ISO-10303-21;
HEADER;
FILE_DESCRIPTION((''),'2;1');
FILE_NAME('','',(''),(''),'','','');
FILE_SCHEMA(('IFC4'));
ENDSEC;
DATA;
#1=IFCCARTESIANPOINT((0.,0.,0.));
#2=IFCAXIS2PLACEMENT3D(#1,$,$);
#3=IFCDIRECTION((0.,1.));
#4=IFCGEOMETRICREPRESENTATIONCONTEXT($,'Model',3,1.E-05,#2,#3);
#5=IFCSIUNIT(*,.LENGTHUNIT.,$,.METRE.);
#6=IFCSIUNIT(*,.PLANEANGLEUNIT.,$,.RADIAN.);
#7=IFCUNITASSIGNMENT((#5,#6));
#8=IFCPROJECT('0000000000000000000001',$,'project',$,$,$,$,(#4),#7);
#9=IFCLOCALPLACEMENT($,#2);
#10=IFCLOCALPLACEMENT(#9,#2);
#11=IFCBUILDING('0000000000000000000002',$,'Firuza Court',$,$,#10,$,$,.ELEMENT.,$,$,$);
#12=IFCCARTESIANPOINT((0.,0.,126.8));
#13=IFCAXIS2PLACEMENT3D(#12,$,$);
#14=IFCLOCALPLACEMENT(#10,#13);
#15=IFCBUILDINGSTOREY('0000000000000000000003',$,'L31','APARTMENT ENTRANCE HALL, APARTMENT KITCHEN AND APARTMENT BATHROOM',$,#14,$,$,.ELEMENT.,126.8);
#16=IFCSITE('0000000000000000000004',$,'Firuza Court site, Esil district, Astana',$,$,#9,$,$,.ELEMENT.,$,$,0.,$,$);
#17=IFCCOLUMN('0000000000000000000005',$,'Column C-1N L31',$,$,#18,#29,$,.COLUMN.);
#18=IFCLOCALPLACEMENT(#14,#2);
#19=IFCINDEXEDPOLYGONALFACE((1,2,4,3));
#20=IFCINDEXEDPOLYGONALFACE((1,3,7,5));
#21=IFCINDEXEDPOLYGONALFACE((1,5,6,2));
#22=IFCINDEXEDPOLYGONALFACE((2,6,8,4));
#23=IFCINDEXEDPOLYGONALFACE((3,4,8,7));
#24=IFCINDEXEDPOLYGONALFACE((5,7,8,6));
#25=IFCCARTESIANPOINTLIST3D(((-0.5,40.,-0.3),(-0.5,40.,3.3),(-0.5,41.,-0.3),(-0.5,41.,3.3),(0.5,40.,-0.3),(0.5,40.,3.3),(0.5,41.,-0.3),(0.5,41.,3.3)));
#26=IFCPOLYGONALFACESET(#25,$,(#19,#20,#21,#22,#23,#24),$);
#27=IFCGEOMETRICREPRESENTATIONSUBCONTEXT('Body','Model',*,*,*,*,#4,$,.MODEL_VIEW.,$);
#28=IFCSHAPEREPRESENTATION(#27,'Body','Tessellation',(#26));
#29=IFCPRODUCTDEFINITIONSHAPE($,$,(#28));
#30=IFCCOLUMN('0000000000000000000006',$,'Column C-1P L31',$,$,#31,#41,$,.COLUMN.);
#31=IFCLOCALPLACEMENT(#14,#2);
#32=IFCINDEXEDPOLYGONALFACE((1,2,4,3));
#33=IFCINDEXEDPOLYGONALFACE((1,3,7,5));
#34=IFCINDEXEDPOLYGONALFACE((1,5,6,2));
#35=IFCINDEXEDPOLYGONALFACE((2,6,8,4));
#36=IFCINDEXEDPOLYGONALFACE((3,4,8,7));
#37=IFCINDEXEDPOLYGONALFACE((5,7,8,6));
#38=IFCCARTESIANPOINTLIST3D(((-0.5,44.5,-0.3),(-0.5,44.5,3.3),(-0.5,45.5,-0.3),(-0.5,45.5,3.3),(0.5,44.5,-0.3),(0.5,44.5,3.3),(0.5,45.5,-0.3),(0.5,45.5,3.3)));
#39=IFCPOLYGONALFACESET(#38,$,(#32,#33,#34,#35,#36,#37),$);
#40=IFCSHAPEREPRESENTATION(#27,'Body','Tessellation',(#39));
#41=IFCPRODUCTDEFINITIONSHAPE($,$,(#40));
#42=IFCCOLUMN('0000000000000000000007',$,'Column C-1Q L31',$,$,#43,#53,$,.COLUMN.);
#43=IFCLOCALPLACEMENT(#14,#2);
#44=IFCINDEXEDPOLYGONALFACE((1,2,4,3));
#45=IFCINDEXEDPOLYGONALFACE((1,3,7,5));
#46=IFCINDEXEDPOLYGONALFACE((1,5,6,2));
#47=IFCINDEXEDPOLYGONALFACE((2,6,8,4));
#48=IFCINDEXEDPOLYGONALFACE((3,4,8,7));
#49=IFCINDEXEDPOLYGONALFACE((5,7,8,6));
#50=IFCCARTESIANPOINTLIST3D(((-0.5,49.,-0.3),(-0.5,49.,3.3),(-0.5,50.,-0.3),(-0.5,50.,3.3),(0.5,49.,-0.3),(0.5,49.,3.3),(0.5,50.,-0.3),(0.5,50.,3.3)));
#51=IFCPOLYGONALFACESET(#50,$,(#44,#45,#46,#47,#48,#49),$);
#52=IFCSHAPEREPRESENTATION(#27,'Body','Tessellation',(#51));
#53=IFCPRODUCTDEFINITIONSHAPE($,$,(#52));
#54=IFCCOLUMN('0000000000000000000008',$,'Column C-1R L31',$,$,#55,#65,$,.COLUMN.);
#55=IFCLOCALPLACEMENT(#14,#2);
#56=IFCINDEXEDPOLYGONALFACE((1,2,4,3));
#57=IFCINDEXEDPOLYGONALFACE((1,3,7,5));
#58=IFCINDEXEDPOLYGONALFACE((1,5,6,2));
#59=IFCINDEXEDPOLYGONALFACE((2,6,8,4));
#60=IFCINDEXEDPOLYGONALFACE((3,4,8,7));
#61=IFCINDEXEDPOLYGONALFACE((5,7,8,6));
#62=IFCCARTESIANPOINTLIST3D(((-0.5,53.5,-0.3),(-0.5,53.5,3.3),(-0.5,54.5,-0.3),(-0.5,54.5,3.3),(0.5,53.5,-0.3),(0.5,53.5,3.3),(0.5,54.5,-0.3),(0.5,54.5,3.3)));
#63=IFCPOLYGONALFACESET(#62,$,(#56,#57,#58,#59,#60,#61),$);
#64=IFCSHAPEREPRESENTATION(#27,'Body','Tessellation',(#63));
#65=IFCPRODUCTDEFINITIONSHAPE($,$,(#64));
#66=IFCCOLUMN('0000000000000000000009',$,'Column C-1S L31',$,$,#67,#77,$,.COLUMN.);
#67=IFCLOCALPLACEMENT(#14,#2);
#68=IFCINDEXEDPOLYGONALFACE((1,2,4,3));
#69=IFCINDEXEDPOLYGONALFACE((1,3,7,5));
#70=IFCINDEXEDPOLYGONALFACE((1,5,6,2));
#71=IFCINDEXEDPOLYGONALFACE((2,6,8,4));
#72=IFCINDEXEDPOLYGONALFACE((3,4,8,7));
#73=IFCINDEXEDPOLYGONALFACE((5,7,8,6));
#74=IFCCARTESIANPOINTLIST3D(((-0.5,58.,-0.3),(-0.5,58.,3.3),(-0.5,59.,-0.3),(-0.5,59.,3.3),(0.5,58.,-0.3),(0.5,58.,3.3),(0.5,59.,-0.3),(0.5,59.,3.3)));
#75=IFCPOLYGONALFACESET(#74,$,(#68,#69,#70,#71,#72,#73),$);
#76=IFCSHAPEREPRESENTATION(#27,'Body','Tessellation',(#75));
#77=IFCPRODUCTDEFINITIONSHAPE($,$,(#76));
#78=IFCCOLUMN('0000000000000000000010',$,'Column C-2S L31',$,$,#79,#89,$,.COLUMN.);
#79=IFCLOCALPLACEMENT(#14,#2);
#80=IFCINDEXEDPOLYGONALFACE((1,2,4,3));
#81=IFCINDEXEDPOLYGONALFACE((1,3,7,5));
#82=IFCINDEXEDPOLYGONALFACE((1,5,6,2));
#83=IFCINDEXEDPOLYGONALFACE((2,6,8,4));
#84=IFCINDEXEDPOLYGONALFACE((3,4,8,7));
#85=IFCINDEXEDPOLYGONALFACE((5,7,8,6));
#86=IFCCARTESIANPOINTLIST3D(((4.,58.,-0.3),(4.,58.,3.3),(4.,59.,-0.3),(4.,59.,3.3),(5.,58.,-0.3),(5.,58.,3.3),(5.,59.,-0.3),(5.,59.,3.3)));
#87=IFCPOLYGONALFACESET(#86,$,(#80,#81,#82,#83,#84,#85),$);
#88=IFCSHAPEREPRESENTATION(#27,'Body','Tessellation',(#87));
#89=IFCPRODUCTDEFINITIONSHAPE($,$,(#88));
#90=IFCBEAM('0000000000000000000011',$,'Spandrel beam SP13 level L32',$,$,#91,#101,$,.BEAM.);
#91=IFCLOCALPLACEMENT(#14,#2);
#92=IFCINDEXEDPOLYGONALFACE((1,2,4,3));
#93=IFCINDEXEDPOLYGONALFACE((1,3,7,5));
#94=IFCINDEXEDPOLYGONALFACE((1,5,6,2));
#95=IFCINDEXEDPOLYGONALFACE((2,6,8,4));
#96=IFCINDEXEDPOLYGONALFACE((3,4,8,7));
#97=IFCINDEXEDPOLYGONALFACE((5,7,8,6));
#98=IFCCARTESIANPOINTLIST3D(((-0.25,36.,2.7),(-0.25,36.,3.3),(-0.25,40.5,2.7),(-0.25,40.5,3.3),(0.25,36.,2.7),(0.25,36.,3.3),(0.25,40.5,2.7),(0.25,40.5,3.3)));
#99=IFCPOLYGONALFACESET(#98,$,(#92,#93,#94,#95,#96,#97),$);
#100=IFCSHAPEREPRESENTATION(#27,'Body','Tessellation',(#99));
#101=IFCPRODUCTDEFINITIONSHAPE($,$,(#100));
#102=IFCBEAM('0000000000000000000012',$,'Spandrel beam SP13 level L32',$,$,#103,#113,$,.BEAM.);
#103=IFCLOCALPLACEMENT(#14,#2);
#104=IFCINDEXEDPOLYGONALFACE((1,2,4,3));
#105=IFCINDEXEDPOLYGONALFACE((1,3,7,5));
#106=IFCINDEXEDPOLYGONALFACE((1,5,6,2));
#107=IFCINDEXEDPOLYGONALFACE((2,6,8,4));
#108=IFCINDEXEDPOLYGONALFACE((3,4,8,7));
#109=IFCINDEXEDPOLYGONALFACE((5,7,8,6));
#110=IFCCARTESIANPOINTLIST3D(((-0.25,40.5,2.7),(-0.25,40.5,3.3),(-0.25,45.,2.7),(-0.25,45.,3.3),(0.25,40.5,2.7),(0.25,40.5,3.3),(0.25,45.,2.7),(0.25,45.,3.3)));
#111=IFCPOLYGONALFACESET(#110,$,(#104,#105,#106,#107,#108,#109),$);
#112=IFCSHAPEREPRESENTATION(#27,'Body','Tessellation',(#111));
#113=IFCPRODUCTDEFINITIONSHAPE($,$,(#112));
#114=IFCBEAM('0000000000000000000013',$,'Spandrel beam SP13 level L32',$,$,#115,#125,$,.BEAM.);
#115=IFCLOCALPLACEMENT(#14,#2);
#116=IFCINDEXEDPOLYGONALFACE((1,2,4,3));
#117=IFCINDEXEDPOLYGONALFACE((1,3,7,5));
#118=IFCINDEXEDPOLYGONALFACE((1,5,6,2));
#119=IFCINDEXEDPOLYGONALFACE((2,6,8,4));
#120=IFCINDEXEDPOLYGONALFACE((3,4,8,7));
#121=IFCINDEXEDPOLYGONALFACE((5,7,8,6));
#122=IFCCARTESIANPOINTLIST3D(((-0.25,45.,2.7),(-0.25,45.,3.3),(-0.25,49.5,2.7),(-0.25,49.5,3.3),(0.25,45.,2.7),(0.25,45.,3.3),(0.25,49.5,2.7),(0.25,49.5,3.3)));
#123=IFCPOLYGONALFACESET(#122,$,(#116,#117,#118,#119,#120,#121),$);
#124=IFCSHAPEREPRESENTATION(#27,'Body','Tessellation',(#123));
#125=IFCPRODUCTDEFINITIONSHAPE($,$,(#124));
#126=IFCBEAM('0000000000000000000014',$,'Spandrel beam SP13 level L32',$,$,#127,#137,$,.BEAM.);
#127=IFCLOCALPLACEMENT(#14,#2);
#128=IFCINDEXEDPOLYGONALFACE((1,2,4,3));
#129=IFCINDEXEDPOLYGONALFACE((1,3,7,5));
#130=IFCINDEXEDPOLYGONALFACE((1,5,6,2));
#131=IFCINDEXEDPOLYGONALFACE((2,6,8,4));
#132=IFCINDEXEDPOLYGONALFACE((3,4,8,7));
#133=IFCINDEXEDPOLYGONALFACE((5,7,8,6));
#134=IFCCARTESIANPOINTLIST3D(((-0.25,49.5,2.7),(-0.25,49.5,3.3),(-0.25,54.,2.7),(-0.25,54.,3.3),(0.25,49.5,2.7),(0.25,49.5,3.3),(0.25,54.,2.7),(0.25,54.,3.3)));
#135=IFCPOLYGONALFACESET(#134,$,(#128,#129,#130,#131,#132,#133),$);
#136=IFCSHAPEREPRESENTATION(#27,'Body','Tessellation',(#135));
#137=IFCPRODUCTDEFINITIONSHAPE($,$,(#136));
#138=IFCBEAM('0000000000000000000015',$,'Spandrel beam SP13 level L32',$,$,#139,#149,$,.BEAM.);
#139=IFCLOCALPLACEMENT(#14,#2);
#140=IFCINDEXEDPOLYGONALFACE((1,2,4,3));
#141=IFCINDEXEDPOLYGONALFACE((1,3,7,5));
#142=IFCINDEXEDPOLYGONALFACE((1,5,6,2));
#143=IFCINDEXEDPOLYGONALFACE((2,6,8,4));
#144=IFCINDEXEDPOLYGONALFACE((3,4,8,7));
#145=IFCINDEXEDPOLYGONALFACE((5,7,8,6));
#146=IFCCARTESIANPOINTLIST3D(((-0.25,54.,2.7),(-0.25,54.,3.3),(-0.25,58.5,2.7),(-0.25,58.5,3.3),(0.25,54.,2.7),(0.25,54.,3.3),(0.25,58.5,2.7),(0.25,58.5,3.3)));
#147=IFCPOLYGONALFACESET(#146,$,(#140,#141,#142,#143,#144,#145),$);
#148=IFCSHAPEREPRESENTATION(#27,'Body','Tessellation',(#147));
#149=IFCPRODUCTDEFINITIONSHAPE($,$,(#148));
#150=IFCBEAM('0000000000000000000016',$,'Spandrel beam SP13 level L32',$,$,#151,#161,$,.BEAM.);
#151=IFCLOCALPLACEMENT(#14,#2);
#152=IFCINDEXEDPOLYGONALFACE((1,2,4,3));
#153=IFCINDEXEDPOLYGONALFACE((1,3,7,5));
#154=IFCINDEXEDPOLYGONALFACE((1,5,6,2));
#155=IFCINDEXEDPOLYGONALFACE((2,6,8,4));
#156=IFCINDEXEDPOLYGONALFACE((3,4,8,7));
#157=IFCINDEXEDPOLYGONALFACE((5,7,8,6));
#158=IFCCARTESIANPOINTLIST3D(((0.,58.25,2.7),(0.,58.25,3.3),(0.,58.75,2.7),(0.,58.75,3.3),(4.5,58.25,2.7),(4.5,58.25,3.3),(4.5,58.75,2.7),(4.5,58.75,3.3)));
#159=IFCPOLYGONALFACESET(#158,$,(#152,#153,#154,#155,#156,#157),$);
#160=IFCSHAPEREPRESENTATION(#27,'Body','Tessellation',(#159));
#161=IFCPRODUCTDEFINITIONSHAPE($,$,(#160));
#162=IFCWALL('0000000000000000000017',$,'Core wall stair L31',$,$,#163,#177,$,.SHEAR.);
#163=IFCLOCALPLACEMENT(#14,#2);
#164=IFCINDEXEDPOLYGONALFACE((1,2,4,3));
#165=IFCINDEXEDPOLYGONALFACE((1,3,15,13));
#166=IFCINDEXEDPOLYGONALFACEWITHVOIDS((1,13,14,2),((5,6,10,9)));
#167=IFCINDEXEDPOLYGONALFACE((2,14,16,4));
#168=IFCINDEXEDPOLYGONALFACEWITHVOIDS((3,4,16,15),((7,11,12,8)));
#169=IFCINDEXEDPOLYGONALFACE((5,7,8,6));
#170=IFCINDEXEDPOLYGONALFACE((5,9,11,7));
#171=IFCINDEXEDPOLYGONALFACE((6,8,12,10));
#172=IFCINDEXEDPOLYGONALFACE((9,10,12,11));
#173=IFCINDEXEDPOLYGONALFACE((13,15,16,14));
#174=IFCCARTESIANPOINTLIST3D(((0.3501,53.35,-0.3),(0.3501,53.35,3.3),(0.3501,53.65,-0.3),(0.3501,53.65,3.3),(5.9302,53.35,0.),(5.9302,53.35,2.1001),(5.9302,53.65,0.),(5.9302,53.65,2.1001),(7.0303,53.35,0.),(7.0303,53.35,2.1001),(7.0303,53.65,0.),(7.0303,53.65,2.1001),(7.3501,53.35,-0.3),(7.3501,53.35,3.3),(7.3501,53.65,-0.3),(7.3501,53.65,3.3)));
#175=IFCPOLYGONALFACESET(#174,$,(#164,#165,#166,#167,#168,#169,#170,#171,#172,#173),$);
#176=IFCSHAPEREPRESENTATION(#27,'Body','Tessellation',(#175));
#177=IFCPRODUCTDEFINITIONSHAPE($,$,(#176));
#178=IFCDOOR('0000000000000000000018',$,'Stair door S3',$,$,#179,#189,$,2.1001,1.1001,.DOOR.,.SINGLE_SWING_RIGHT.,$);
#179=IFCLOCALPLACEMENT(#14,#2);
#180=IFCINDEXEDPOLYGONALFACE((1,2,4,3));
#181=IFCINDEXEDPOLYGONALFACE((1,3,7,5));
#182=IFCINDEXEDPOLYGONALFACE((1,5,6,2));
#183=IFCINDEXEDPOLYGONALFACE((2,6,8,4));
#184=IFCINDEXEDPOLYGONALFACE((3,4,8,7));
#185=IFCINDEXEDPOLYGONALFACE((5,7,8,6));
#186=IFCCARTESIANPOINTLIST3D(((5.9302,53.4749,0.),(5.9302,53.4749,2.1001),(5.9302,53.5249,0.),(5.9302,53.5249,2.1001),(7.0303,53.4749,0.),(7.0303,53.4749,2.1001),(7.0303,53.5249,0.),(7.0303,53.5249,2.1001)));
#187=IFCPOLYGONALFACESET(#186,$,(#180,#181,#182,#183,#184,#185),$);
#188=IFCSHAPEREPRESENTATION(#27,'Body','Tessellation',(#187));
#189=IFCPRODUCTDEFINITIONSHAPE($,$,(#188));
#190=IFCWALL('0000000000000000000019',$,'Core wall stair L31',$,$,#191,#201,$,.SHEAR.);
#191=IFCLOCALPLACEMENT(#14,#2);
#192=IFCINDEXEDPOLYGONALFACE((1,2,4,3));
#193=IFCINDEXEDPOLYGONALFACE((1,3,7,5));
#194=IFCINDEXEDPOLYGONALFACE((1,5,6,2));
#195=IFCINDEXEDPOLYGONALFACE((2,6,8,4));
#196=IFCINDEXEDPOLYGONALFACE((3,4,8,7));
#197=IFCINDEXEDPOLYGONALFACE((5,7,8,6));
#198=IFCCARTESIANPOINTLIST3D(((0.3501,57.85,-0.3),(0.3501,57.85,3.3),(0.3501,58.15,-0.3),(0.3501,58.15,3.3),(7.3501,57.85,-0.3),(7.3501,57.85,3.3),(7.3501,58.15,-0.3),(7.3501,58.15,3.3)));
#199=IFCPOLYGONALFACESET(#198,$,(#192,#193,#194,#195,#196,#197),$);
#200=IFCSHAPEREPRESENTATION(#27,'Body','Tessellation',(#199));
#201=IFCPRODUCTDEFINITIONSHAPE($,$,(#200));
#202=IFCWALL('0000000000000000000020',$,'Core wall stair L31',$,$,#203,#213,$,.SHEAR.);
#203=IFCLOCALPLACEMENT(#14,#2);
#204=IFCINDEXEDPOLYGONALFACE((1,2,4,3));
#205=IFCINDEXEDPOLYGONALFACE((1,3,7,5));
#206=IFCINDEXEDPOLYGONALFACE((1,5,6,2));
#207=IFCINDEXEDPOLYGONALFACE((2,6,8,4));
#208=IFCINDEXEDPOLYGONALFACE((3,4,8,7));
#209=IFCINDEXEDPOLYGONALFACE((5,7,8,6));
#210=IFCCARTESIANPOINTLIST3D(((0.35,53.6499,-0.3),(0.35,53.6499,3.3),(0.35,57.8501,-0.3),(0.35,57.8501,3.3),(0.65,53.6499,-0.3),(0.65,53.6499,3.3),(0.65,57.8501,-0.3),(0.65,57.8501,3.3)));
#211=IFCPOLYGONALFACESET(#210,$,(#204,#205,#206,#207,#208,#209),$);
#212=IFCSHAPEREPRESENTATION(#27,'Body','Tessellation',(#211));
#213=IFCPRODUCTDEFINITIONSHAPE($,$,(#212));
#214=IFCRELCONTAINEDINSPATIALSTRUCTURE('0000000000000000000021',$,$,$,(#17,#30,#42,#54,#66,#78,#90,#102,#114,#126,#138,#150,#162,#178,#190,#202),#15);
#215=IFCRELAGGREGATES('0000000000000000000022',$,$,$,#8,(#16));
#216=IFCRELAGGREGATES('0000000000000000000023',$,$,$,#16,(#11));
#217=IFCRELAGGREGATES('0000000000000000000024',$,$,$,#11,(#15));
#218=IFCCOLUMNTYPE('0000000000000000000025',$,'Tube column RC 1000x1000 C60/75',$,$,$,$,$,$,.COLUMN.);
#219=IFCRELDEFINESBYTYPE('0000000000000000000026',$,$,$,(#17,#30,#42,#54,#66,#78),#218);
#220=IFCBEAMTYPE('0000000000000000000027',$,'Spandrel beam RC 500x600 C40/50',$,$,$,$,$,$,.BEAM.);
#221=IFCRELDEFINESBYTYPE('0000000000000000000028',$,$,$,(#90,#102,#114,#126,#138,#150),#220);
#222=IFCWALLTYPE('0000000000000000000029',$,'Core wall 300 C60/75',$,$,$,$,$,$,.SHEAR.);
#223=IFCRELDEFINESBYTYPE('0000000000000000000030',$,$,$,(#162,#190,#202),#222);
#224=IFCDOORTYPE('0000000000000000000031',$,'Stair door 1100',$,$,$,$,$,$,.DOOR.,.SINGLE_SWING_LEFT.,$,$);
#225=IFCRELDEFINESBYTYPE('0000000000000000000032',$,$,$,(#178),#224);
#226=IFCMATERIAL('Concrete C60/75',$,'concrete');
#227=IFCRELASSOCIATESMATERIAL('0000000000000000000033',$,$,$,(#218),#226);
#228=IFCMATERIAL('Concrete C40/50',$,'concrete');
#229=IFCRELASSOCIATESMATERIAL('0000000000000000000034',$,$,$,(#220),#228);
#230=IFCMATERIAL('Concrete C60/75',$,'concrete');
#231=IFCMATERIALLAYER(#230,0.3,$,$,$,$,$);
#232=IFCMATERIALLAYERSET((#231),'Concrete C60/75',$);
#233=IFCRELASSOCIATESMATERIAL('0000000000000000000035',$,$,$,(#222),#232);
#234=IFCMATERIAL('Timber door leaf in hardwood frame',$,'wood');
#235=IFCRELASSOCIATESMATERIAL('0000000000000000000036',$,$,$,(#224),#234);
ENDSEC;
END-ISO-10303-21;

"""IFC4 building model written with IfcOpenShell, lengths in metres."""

from ifc_helpers import new_model, si_unit, direction, frame, frame_2d, origin, origin_2d, place, context, subcontext, project, spatial, rectangle, extrude, material, layer, layer_set, material_profile, profile_set, type_object, element, fill, save


model = new_model("IFC4")

# Units and contexts
model_context = context("Model", 3, precision=1e-05, world=origin(), true_north=direction((0.0, 1.0)))
body_context = subcontext(model_context, "Body", "Model", "MODEL_VIEW")
ifc_project = project(units=[si_unit("LENGTHUNIT", "METRE"), si_unit("PLANEANGLEUNIT", "RADIAN")], contexts=[model_context])

# Site, building, storey
site_placement = place(None, origin())
site = spatial("IfcSite", under=ifc_project, at=site_placement, Name="Firuza Court site, Esil district, Astana", CompositionType="ELEMENT", RefElevation=0.0)
building_placement = place(site_placement, origin())
building = spatial("IfcBuilding", under=site, at=building_placement, Name="Firuza Court", CompositionType="ELEMENT")
storey_placement = place(building_placement, frame((0.0, 0.0, 126.8)))
storey = spatial("IfcBuildingStorey", under=building, at=storey_placement, Name="L31", Description="APARTMENT ENTRANCE HALL, APARTMENT KITCHEN AND APARTMENT BATHROOM", CompositionType="ELEMENT", Elevation=126.8)

# Columns
ifc_material_1 = material(Name="Concrete C60/75", Category="concrete")
ifc_material_profile_1 = material_profile(ifc_material_1, rectangle(XDim=1.0, YDim=1.0, at=origin_2d()), Name="RC 1000x1000")
ifc_profile_set_1 = profile_set([ifc_material_profile_1], Name="Concrete C60/75")
column_type = type_object("IfcColumnType", Name="Tube column RC 1000x1000 C60/75", PredefinedType="COLUMN", material=ifc_profile_set_1)
for number, where, z_axis, x_axis, name in (
    (1, (0.0, 40.5, -0.3), (0.0, 0.0, 1.0), (1.0, 0.0, 0.0), "Column C-1N L31"),
    (2, (0.0, 45.0, -0.3), (0.0, 0.0, 1.0), (1.0, 0.0, 0.0), "Column C-1P L31"),
    (3, (0.0, 49.5, -0.3), (0.0, 0.0, 1.0), (1.0, 0.0, 0.0), "Column C-1Q L31"),
    (4, (0.0, 54.0, -0.3), (0.0, 0.0, 1.0), (1.0, 0.0, 0.0), "Column C-1R L31"),
    (5, (0.0, 58.5, -0.3), (0.0, 0.0, 1.0), (1.0, 0.0, 0.0), "Column C-1S L31"),
    (6, (4.5, 58.5, -0.3), (0.0, 0.0, 1.0), (1.0, 0.0, 0.0), "Column C-2S L31"),
):
    element("IfcColumn", number, at=place(storey_placement, frame(where, z_axis=z_axis, x_axis=x_axis)), inside=storey, type_object=column_type, Name=name, PredefinedType="COLUMN", context=body_context, shape_type="SweptSolid", body=[
        extrude(rectangle(XDim=1.0, YDim=1.0, at=origin_2d()), origin(), (0.0, 0.0, 1.0), 3.6001),
    ])

# Beams
ifc_material_2 = material(Name="Concrete C40/50", Category="concrete")
ifc_material_profile_2 = material_profile(ifc_material_2, rectangle(XDim=0.5, YDim=0.6001, at=origin_2d()), Name="RC 500x600")
ifc_profile_set_2 = profile_set([ifc_material_profile_2], Name="Concrete C40/50")
beam_type = type_object("IfcBeamType", Name="Spandrel beam RC 500x600 C40/50", PredefinedType="BEAM", material=ifc_profile_set_2)
for number, where, z_axis, x_axis, name in (
    (7, (0.0, 40.5, 3.0), (0.0, -1.0, 0.0), (1.0, 0.0, 0.0), "Spandrel beam SP13 level L32"),
    (8, (0.0, 45.0, 3.0), (0.0, -1.0, 0.0), (1.0, 0.0, 0.0), "Spandrel beam SP13 level L32"),
    (9, (0.0, 49.5, 3.0), (0.0, -1.0, 0.0), (1.0, 0.0, 0.0), "Spandrel beam SP13 level L32"),
    (10, (0.0, 54.0, 3.0), (0.0, -1.0, 0.0), (1.0, 0.0, 0.0), "Spandrel beam SP13 level L32"),
    (11, (0.0, 58.5, 3.0), (0.0, -1.0, 0.0), (1.0, 0.0, 0.0), "Spandrel beam SP13 level L32"),
    (12, (4.5, 58.5, 3.0), (-1.0, 0.0, 0.0), (0.0, -1.0, 0.0), "Spandrel beam SP13 level L32"),
):
    element("IfcBeam", number, at=place(storey_placement, frame(where, z_axis=z_axis, x_axis=x_axis)), inside=storey, type_object=beam_type, Name=name, PredefinedType="BEAM", context=body_context, shape_type="SweptSolid", body=[
        extrude(rectangle(XDim=0.5, YDim=0.6001, at=origin_2d()), origin(), (0.0, 0.0, 1.0), 4.5),
    ])

# Wall, opening, door
ifc_material_3 = material(Name="Concrete C60/75", Category="concrete")
ifc_layer_1 = layer(ifc_material_3, 0.3)
ifc_layer_set_1 = layer_set([ifc_layer_1], Name="Concrete C60/75")
wall_type_1 = type_object("IfcWallType", Name="Core wall 300 C60/75", PredefinedType="SHEAR", material=ifc_layer_set_1)
wall_1_placement = place(storey_placement, frame((0.3501, 53.5, -0.3), z_axis=(0.0, 0.0, 1.0), x_axis=(1.0, 0.0, 0.0)))
wall_1 = element("IfcWall", 13, at=wall_1_placement, inside=storey, type_object=wall_type_1, Name="Core wall stair L31", PredefinedType="SHEAR", context=body_context, shape_type="SweptSolid", body=[
    extrude(rectangle(XDim=7.0, YDim=0.3, at=frame_2d((3.5, 0.0))), origin(), (0.0, 0.0, 1.0), 3.6001),
])
opening_1_placement = place(wall_1_placement, frame((5.5801, 0.0, 0.3)))
opening_1 = element("IfcOpeningElement", 14, at=opening_1_placement, cuts=wall_1, PredefinedType="OPENING", context=body_context, shape_type="SweptSolid", body=[
    extrude(rectangle(XDim=1.1001, YDim=2.1001, at=frame_2d((0.55, 1.05))), frame((0.0, 0.1621, 0.0), z_axis=(0.0, -1.0, 0.0), x_axis=(1.0, 0.0, 0.0)), (0.0, 0.0, 1.0), 0.324),
])
ifc_material_4 = material(Name="Timber door leaf in hardwood frame", Category="wood")
door_type = type_object("IfcDoorType", Name="Stair door 1100", OperationType="SINGLE_SWING_LEFT", PredefinedType="DOOR", material=ifc_material_4)
door_placement = place(opening_1_placement, origin())
door = element("IfcDoor", 15, at=door_placement, inside=storey, type_object=door_type, Name="Stair door S3", OperationType="SINGLE_SWING_RIGHT", OverallHeight=2.1001, OverallWidth=1.1001, PredefinedType="DOOR", context=body_context, shape_type="SweptSolid", body=[
    extrude(rectangle(XDim=1.1001, YDim=2.1001, at=frame_2d((0.55, 1.05))), frame((0.0, 0.0249, 0.0), z_axis=(0.0, -1.0, 0.0), x_axis=(1.0, 0.0, 0.0)), (0.0, 0.0, 1.0), 0.05),
])
fill(opening_1, door)

# Walls
wall_2_placement = place(storey_placement, frame((0.3501, 58.0, -0.3), z_axis=(0.0, 0.0, 1.0), x_axis=(1.0, 0.0, 0.0)))
element("IfcWall", 16, at=wall_2_placement, inside=storey, type_object=wall_type_1, Name="Core wall stair L31", PredefinedType="SHEAR", context=body_context, shape_type="SweptSolid", body=[
    extrude(rectangle(XDim=7.0, YDim=0.3, at=frame_2d((3.5, 0.0))), origin(), (0.0, 0.0, 1.0), 3.6001),
])
wall_3_placement = place(storey_placement, frame((0.5, 53.6499, -0.3), z_axis=(0.0, 0.0, 1.0), x_axis=(0.0, 1.0, 0.0)))
element("IfcWall", 17, at=wall_3_placement, inside=storey, type_object=wall_type_1, Name="Core wall stair L31", PredefinedType="SHEAR", context=body_context, shape_type="SweptSolid", body=[
    extrude(rectangle(XDim=4.2002, YDim=0.3, at=frame_2d((2.1001, 0.0))), origin(), (0.0, 0.0, 1.0), 3.6001),
])

save(model, "model.ifc")
